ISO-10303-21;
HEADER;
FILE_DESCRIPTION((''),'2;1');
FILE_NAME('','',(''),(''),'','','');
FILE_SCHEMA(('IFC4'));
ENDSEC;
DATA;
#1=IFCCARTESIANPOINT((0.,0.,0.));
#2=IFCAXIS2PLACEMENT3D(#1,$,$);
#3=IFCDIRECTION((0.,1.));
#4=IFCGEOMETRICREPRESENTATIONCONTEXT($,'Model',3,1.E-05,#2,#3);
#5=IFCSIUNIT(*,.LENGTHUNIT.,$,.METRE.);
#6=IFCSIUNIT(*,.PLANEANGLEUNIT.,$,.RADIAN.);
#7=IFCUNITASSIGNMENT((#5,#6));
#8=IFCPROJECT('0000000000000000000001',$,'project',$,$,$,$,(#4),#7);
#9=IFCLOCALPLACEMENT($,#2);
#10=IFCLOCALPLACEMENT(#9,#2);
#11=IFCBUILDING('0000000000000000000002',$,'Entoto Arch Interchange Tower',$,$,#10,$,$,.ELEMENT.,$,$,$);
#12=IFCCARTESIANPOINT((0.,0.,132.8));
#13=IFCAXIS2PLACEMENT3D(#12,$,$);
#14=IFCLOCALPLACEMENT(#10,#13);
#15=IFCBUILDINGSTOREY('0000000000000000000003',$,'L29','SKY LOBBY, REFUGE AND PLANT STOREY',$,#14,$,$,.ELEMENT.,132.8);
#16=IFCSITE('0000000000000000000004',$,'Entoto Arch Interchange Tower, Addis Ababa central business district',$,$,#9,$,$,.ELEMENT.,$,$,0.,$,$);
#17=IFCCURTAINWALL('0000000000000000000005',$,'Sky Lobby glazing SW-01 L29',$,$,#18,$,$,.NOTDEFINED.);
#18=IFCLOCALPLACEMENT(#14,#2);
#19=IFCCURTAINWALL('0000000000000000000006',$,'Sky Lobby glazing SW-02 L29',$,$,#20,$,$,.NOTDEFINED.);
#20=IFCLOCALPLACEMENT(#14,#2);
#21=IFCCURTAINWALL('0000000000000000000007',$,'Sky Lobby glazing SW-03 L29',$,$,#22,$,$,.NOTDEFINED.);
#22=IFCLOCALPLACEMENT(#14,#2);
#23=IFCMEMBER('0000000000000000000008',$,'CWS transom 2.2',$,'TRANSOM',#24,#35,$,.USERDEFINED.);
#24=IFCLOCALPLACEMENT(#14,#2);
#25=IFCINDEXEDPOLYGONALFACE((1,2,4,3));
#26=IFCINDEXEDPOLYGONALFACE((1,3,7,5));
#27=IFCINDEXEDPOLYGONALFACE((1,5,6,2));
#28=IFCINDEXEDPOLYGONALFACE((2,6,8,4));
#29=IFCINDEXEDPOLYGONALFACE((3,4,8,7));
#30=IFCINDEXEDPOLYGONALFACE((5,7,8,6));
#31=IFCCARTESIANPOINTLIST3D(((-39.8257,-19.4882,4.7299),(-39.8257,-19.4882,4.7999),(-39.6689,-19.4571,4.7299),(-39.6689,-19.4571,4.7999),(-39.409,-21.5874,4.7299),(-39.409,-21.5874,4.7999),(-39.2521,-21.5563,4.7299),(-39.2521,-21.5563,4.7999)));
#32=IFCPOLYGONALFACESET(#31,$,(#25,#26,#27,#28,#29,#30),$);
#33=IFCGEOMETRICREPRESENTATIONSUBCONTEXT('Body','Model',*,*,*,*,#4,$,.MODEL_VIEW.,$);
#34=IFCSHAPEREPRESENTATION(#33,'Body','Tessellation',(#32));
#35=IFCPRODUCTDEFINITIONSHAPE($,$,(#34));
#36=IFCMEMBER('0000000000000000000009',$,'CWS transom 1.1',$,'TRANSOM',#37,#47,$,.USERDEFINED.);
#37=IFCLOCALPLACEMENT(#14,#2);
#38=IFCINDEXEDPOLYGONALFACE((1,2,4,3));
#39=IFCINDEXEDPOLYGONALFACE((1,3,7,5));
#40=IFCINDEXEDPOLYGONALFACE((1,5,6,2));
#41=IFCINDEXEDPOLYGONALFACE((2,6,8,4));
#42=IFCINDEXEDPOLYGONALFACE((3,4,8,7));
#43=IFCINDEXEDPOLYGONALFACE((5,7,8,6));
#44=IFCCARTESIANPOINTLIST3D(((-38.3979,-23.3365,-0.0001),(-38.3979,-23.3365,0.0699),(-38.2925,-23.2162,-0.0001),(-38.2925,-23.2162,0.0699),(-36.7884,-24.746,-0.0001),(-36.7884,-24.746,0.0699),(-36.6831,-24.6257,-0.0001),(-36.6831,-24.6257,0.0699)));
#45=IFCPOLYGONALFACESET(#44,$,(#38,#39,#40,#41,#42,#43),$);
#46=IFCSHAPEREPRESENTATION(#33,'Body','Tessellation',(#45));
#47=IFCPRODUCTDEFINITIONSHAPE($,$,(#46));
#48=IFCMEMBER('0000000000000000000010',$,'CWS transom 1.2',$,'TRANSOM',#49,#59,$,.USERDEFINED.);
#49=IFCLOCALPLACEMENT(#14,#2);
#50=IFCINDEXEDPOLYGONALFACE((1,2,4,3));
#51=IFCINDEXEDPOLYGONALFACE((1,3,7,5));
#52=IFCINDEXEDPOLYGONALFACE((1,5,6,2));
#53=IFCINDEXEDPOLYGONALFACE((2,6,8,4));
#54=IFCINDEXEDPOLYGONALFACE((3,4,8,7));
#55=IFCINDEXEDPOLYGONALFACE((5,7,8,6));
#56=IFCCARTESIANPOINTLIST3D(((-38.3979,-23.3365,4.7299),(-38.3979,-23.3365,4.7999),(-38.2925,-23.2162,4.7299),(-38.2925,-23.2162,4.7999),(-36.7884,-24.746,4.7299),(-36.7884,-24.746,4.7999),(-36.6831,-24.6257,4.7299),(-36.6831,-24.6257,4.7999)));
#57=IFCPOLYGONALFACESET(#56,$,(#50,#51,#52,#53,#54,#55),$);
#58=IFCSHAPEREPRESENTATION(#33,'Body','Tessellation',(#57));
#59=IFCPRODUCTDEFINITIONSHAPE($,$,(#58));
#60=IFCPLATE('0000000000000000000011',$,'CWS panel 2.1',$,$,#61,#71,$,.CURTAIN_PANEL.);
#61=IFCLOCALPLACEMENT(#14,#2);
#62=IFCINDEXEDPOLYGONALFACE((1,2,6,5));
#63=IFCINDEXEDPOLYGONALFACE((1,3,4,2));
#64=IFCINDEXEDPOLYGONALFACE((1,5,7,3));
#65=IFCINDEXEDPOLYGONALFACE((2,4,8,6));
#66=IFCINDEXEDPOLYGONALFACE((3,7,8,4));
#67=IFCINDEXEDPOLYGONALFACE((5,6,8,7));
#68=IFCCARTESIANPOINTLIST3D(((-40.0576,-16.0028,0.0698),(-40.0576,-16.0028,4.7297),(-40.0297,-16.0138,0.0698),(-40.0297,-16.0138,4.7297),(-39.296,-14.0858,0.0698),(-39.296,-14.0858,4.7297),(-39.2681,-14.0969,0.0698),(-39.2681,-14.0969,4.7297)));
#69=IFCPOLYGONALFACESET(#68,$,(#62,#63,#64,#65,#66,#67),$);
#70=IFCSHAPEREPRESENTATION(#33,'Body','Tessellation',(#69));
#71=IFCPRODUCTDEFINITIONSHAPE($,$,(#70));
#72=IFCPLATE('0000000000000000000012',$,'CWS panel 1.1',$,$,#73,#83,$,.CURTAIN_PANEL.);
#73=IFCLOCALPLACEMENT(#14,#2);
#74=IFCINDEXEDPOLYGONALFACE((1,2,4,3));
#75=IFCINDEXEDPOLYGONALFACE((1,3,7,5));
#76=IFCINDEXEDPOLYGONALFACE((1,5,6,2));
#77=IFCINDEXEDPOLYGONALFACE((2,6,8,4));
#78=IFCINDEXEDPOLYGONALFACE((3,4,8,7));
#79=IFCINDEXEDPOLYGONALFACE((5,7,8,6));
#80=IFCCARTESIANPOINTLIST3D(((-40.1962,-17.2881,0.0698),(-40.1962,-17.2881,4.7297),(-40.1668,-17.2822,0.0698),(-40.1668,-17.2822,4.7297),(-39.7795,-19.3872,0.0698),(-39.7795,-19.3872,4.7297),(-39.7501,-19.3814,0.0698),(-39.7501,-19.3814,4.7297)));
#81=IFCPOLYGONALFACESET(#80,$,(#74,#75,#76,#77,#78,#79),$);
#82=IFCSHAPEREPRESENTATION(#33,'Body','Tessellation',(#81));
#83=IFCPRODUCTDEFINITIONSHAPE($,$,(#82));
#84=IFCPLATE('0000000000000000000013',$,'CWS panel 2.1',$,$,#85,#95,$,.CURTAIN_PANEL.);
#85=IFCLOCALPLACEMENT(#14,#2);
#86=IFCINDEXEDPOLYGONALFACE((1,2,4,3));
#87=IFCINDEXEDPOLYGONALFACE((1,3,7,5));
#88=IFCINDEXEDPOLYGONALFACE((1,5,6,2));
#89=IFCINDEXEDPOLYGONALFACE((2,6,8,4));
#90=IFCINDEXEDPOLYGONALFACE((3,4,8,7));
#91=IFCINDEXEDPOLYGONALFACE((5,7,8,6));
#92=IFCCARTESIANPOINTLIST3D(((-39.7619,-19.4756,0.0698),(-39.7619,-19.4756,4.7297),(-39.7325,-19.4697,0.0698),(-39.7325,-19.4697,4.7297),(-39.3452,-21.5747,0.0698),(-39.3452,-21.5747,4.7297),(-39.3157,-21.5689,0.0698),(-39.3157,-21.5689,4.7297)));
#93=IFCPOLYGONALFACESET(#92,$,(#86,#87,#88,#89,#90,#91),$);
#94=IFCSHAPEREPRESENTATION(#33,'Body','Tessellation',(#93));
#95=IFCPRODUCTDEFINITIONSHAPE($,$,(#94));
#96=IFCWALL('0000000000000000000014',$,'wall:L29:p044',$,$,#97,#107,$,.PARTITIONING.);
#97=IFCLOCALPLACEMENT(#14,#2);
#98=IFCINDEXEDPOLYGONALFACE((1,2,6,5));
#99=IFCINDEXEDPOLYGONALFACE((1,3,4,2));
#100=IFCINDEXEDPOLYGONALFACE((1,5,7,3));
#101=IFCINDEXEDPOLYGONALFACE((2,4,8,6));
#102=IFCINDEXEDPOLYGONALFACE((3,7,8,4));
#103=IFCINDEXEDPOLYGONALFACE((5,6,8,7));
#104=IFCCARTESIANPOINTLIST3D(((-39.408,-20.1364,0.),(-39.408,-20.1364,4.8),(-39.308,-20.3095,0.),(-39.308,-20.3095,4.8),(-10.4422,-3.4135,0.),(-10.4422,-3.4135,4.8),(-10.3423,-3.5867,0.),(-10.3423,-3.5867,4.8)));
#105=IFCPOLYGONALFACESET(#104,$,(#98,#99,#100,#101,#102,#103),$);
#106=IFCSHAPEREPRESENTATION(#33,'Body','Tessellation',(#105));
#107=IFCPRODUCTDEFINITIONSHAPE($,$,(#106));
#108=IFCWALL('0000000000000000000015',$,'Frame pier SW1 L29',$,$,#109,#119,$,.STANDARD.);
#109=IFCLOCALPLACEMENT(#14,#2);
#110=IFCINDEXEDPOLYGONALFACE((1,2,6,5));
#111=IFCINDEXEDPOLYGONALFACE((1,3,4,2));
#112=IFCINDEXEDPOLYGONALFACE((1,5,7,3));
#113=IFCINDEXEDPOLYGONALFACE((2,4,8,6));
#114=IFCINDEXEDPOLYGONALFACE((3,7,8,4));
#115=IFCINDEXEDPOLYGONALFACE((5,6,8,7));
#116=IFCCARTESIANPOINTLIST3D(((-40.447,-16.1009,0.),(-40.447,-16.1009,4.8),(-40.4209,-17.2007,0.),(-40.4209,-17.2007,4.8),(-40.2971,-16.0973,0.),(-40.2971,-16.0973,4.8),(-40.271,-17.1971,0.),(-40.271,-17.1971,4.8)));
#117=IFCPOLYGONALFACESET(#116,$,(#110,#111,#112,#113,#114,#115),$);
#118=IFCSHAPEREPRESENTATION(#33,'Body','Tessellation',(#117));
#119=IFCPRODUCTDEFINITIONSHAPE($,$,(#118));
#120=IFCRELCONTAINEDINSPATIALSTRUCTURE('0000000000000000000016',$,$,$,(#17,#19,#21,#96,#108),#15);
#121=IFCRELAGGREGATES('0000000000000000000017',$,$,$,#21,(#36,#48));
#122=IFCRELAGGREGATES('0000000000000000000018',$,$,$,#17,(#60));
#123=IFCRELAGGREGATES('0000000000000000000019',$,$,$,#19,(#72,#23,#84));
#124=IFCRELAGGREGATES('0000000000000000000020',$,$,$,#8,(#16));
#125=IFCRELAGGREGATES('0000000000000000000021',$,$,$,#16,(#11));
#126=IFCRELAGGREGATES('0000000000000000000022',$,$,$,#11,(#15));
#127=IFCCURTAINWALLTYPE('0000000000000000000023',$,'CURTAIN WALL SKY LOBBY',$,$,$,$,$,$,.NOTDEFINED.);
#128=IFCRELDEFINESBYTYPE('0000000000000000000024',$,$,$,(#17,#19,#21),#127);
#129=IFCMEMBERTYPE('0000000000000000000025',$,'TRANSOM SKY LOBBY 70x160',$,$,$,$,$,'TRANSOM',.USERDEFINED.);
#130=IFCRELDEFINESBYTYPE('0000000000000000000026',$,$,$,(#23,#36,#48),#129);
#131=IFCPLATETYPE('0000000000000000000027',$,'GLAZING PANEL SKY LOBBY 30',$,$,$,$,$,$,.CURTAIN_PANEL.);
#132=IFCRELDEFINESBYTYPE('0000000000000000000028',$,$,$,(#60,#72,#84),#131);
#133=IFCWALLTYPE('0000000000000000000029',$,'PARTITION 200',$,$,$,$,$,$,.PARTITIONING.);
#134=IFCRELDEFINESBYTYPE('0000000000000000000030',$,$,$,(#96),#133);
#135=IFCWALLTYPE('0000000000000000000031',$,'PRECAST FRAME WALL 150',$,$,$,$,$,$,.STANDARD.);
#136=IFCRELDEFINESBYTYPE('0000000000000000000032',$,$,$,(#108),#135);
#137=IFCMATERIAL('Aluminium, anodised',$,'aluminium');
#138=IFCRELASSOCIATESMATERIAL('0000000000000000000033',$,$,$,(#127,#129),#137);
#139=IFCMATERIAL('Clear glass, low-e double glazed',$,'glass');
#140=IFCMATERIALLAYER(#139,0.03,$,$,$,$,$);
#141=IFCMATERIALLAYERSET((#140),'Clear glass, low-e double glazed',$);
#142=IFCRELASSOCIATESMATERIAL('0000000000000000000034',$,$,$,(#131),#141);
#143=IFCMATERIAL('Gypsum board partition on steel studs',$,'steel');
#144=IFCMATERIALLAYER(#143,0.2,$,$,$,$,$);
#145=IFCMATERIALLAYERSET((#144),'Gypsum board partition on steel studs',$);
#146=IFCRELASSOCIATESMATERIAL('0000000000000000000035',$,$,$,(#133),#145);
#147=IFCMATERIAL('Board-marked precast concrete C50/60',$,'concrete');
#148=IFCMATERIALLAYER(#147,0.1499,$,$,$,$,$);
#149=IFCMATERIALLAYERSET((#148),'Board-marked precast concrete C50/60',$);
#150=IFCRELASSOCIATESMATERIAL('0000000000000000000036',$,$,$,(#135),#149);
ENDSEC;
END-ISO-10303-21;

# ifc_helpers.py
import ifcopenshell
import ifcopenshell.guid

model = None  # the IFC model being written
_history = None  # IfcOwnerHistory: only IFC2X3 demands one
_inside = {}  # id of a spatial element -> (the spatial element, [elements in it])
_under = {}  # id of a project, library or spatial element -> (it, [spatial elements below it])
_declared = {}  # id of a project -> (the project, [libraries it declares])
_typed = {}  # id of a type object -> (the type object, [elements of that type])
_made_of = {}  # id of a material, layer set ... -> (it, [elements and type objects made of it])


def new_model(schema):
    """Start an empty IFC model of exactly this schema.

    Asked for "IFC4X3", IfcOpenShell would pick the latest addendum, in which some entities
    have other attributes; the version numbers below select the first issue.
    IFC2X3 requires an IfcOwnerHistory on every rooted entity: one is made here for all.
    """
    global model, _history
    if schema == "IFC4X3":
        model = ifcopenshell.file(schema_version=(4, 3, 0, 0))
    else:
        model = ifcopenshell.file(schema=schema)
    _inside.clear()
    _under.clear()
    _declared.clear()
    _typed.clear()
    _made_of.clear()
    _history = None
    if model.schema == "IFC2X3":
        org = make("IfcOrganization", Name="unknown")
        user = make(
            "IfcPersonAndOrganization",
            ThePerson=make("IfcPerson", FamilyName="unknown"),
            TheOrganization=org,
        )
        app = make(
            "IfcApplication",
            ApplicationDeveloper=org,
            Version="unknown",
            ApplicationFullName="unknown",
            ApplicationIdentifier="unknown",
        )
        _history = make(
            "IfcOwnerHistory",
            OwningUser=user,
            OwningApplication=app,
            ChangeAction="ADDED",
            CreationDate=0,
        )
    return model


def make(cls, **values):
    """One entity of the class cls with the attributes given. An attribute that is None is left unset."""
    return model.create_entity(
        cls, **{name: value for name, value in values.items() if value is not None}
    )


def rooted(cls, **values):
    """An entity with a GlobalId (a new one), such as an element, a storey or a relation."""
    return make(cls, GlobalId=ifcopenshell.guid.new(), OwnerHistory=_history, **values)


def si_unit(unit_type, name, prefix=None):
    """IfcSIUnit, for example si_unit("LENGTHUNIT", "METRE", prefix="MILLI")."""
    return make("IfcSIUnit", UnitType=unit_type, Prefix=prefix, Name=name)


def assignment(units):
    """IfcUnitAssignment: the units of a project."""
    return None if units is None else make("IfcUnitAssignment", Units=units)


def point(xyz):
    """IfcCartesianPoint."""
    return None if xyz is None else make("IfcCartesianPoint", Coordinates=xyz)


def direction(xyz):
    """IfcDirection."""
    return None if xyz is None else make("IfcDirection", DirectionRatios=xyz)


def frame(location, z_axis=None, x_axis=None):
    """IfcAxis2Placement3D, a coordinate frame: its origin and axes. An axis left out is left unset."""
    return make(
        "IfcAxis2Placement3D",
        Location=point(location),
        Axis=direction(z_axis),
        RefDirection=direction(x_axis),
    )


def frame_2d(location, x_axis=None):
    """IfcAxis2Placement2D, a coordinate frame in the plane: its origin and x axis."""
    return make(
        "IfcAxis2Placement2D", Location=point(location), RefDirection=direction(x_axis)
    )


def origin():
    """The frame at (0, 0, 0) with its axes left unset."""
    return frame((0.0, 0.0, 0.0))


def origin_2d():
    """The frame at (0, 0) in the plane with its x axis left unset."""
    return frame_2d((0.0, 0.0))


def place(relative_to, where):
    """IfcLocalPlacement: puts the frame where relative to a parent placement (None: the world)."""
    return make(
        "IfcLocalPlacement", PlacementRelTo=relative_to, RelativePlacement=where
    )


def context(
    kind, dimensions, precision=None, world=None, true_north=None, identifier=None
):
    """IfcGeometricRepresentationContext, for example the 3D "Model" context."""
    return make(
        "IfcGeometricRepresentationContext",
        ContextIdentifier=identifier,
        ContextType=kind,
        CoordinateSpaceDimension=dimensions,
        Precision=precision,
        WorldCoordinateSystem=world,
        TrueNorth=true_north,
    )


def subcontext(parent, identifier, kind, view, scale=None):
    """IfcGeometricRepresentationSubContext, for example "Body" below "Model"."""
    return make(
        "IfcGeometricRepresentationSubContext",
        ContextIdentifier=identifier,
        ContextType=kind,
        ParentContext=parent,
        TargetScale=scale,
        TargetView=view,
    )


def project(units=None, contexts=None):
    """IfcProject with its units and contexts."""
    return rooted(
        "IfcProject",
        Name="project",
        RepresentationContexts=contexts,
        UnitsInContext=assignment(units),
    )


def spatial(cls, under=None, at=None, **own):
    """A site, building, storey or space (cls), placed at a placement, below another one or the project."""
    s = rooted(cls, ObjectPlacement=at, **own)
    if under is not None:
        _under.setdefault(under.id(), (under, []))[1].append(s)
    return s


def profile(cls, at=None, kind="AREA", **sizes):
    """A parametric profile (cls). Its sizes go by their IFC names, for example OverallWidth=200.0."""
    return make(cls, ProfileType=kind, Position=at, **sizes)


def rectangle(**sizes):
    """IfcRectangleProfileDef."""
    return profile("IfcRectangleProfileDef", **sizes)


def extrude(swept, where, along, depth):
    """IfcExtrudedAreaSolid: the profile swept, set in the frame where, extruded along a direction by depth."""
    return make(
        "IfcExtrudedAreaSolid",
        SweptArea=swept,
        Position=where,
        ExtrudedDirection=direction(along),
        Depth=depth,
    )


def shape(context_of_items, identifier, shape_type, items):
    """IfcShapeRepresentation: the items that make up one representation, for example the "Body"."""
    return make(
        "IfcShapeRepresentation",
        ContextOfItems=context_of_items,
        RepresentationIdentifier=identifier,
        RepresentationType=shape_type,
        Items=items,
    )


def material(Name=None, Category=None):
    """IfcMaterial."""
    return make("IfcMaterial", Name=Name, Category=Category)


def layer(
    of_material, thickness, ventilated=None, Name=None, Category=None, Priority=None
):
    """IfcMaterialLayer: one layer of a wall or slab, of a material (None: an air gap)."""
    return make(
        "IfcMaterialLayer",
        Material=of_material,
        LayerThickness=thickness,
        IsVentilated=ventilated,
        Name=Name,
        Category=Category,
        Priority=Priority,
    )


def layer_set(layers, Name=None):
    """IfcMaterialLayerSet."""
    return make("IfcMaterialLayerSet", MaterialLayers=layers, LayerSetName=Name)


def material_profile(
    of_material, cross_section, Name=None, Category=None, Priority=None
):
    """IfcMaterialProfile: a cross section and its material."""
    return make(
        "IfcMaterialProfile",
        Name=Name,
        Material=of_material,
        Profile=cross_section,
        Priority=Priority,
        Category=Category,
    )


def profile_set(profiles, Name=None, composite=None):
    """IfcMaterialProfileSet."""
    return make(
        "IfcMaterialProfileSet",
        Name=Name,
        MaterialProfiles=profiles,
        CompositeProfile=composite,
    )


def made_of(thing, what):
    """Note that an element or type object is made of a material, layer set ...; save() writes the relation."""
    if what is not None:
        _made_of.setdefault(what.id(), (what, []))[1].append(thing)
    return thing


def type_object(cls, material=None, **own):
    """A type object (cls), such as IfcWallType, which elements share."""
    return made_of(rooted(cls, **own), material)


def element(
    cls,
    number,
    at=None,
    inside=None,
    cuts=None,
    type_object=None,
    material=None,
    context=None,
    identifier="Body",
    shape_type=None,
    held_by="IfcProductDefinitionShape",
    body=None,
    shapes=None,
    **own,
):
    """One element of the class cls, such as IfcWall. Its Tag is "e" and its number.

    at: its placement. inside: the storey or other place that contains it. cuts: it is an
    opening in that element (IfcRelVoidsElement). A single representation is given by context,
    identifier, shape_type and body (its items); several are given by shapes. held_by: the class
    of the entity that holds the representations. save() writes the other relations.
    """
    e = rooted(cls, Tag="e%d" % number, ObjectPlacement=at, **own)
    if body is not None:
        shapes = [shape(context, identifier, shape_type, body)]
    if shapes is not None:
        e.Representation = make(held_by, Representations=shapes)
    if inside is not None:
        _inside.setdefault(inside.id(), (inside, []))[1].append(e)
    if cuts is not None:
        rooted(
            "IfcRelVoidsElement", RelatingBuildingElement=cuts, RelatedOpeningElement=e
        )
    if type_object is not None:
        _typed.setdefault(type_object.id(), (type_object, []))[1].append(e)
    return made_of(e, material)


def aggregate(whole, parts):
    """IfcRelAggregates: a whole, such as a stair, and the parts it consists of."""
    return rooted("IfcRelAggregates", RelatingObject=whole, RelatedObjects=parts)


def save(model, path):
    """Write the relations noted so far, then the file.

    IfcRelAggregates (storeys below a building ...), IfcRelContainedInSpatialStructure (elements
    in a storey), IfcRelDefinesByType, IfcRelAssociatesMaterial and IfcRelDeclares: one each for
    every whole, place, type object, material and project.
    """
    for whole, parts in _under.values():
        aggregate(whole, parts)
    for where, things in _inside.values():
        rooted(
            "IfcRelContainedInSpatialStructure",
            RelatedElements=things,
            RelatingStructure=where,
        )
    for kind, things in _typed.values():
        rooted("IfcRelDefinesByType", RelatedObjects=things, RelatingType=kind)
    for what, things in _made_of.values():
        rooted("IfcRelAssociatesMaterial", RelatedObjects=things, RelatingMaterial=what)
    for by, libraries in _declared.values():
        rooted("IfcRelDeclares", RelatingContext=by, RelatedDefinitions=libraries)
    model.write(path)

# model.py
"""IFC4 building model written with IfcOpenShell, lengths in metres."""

from ifc_helpers import new_model, si_unit, direction, frame, frame_2d, origin, origin_2d, place, context, subcontext, project, spatial, rectangle, extrude, material, layer, layer_set, material_profile, profile_set, type_object, element, aggregate, save


model = new_model("IFC4")

# Units and contexts
model_context = context("Model", 3, precision=1e-05, world=origin(), true_north=direction((0.0, 1.0)))
body_context = subcontext(model_context, "Body", "Model", "MODEL_VIEW")
ifc_project = project(units=[si_unit("LENGTHUNIT", "METRE"), si_unit("PLANEANGLEUNIT", "RADIAN")], contexts=[model_context])

# Site, building, storey
site_placement = place(None, origin())
site = spatial("IfcSite", under=ifc_project, at=site_placement, Name="Entoto Arch Interchange Tower, Addis Ababa central business district", CompositionType="ELEMENT", RefElevation=0.0)
building_placement = place(site_placement, origin())
building = spatial("IfcBuilding", under=site, at=building_placement, Name="Entoto Arch Interchange Tower", CompositionType="ELEMENT")
storey_placement = place(building_placement, frame((0.0, 0.0, 132.8)))
storey = spatial("IfcBuildingStorey", under=building, at=storey_placement, Name="L29", Description="SKY LOBBY, REFUGE AND PLANT STOREY", CompositionType="ELEMENT", Elevation=132.8)

# Curtain wall
ifc_material_1 = material(Name="Aluminium, anodised", Category="aluminium")
curtain_wall_type = type_object("IfcCurtainWallType", Name="CURTAIN WALL SKY LOBBY", PredefinedType="NOTDEFINED", material=ifc_material_1)
curtain_wall_1_placement = place(storey_placement, origin())
curtain_wall_1 = element("IfcCurtainWall", 1, at=curtain_wall_1_placement, inside=storey, type_object=curtain_wall_type, Name="Sky Lobby glazing SW-01 L29", PredefinedType="NOTDEFINED")

# Curtain wall
curtain_wall_2_placement = place(storey_placement, origin())
curtain_wall_2 = element("IfcCurtainWall", 2, at=curtain_wall_2_placement, inside=storey, type_object=curtain_wall_type, Name="Sky Lobby glazing SW-02 L29", PredefinedType="NOTDEFINED")

# Curtain wall
curtain_wall_3_placement = place(storey_placement, origin())
curtain_wall_3 = element("IfcCurtainWall", 3, at=curtain_wall_3_placement, inside=storey, type_object=curtain_wall_type, Name="Sky Lobby glazing SW-03 L29", PredefinedType="NOTDEFINED")

# Members
ifc_material_profile_1 = material_profile(ifc_material_1, rectangle(XDim=0.1599, YDim=0.0701, at=origin_2d()))
ifc_profile_set_1 = profile_set([ifc_material_profile_1], Name="Aluminium, anodised")
member_type_1 = type_object("IfcMemberType", Name="TRANSOM SKY LOBBY 70x160", ElementType="TRANSOM", PredefinedType="USERDEFINED", material=ifc_profile_set_1)
member_1_placement = place(storey_placement, frame((-39.7473, -19.4727, 4.7649), z_axis=(0.194734, -0.980856, 0.0), x_axis=(0.980856, 0.194734, 0.0)))
member_1 = element("IfcMember", 4, at=member_1_placement, type_object=member_type_1, Name="CWS transom 2.2", ObjectType="TRANSOM", PredefinedType="USERDEFINED", context=body_context, shape_type="SweptSolid", body=[
    extrude(rectangle(XDim=0.1599, YDim=0.0701, at=origin_2d()), origin(), (0.0, 0.0, 1.0), 2.1401),
])
member_2_placement = place(storey_placement, frame((-38.3452, -23.2764, 0.0349), z_axis=(0.752294, -0.658828, 0.0), x_axis=(0.658828, 0.752294, 0.0)))
member_2 = element("IfcMember", 5, at=member_2_placement, type_object=member_type_1, Name="CWS transom 1.1", ObjectType="TRANSOM", PredefinedType="USERDEFINED", context=body_context, shape_type="SweptSolid", body=[
    extrude(rectangle(XDim=0.1599, YDim=0.0701, at=origin_2d()), origin(), (0.0, 0.0, 1.0), 2.1394),
])
member_3_placement = place(storey_placement, frame((-38.3452, -23.2764, 4.7649), z_axis=(0.752294, -0.658828, 0.0), x_axis=(0.658828, 0.752294, 0.0)))
member_3 = element("IfcMember", 6, at=member_3_placement, type_object=member_type_1, Name="CWS transom 1.2", ObjectType="TRANSOM", PredefinedType="USERDEFINED", context=body_context, shape_type="SweptSolid", body=[
    extrude(rectangle(XDim=0.1599, YDim=0.0701, at=origin_2d()), origin(), (0.0, 0.0, 1.0), 2.1394),
])
aggregate(curtain_wall_3, [member_2, member_3])

# Plates
ifc_material_2 = material(Name="Clear glass, low-e double glazed", Category="glass")
ifc_layer_1 = layer(ifc_material_2, 0.03)
ifc_layer_set_1 = layer_set([ifc_layer_1], Name="Clear glass, low-e double glazed")
plate_type = type_object("IfcPlateType", Name="GLAZING PANEL SKY LOBBY 30", PredefinedType="CURTAIN_PANEL", material=ifc_layer_set_1)
plate_1_placement = place(storey_placement, frame((-39.6628, -15.0498, 0.0698), z_axis=(0.0, 0.0, 1.0), x_axis=(-0.369232, -0.929337, 0.0)))
plate_1 = element("IfcPlate", 7, at=plate_1_placement, type_object=plate_type, Name="CWS panel 2.1", PredefinedType="CURTAIN_PANEL", context=body_context, shape_type="SweptSolid", body=[
    extrude(rectangle(XDim=2.0627, YDim=0.03, at=origin_2d()), origin(), (0.0, 0.0, 1.0), 4.6599),
])
aggregate(curtain_wall_1, [plate_1])
plate_2_placement = place(storey_placement, frame((-39.9731, -18.3347, 0.0698), z_axis=(0.0, 0.0, 1.0), x_axis=(0.194721, -0.980859, 0.0)))
plate_2 = element("IfcPlate", 8, at=plate_2_placement, type_object=plate_type, Name="CWS panel 1.1", PredefinedType="CURTAIN_PANEL", context=body_context, shape_type="SweptSolid", body=[
    extrude(rectangle(XDim=2.1401, YDim=0.03, at=origin_2d()), origin(), (0.0, 0.0, 1.0), 4.6599),
])
plate_3_placement = place(storey_placement, frame((-39.5388, -20.5222, 0.0698), z_axis=(0.0, 0.0, 1.0), x_axis=(0.194721, -0.980859, 0.0)))
plate_3 = element("IfcPlate", 9, at=plate_3_placement, type_object=plate_type, Name="CWS panel 2.1", PredefinedType="CURTAIN_PANEL", context=body_context, shape_type="SweptSolid", body=[
    extrude(rectangle(XDim=2.1401, YDim=0.03, at=origin_2d()), origin(), (0.0, 0.0, 1.0), 4.6599),
])
aggregate(curtain_wall_2, [plate_2, member_1, plate_3])

# Walls
ifc_material_3 = material(Name="Gypsum board partition on steel studs", Category="steel")
ifc_layer_2 = layer(ifc_material_3, 0.2)
ifc_layer_set_2 = layer_set([ifc_layer_2], Name="Gypsum board partition on steel studs")
wall_type_1 = type_object("IfcWallType", Name="PARTITION 200", PredefinedType="PARTITIONING", material=ifc_layer_set_2)
wall_1_placement = place(storey_placement, frame((-39.3579, -20.2229, 0.0), z_axis=(0.0, 0.0, 1.0), x_axis=(0.866032, 0.499988, 0.0)))
element("IfcWall", 10, at=wall_1_placement, inside=storey, type_object=wall_type_1, Name="wall:L29:p044", PredefinedType="PARTITIONING", context=body_context, shape_type="SweptSolid", body=[
    extrude(rectangle(XDim=33.4465, YDim=0.2, at=frame_2d((16.7231, 0.0))), origin(), (0.0, 0.0, 1.0), 4.8),
])
ifc_material_4 = material(Name="Board-marked precast concrete C50/60", Category="concrete")
ifc_layer_3 = layer(ifc_material_4, 0.1499)
ifc_layer_set_3 = layer_set([ifc_layer_3], Name="Board-marked precast concrete C50/60")
wall_type_2 = type_object("IfcWallType", Name="PRECAST FRAME WALL 150", PredefinedType="STANDARD", material=ifc_layer_set_3)
wall_2_placement = place(storey_placement, frame((-40.3721, -16.0991, 0.0), z_axis=(0.0, 0.0, 1.0), x_axis=(0.023745, -0.999718, 0.0)))
element("IfcWall", 11, at=wall_2_placement, inside=storey, type_object=wall_type_2, Name="Frame pier SW1 L29", PredefinedType="STANDARD", context=body_context, shape_type="SweptSolid", body=[
    extrude(rectangle(XDim=1.1001, YDim=0.1499, at=frame_2d((0.55, 0.0))), origin(), (0.0, 0.0, 1.0), 4.8),
])

save(model, "model.ifc")
